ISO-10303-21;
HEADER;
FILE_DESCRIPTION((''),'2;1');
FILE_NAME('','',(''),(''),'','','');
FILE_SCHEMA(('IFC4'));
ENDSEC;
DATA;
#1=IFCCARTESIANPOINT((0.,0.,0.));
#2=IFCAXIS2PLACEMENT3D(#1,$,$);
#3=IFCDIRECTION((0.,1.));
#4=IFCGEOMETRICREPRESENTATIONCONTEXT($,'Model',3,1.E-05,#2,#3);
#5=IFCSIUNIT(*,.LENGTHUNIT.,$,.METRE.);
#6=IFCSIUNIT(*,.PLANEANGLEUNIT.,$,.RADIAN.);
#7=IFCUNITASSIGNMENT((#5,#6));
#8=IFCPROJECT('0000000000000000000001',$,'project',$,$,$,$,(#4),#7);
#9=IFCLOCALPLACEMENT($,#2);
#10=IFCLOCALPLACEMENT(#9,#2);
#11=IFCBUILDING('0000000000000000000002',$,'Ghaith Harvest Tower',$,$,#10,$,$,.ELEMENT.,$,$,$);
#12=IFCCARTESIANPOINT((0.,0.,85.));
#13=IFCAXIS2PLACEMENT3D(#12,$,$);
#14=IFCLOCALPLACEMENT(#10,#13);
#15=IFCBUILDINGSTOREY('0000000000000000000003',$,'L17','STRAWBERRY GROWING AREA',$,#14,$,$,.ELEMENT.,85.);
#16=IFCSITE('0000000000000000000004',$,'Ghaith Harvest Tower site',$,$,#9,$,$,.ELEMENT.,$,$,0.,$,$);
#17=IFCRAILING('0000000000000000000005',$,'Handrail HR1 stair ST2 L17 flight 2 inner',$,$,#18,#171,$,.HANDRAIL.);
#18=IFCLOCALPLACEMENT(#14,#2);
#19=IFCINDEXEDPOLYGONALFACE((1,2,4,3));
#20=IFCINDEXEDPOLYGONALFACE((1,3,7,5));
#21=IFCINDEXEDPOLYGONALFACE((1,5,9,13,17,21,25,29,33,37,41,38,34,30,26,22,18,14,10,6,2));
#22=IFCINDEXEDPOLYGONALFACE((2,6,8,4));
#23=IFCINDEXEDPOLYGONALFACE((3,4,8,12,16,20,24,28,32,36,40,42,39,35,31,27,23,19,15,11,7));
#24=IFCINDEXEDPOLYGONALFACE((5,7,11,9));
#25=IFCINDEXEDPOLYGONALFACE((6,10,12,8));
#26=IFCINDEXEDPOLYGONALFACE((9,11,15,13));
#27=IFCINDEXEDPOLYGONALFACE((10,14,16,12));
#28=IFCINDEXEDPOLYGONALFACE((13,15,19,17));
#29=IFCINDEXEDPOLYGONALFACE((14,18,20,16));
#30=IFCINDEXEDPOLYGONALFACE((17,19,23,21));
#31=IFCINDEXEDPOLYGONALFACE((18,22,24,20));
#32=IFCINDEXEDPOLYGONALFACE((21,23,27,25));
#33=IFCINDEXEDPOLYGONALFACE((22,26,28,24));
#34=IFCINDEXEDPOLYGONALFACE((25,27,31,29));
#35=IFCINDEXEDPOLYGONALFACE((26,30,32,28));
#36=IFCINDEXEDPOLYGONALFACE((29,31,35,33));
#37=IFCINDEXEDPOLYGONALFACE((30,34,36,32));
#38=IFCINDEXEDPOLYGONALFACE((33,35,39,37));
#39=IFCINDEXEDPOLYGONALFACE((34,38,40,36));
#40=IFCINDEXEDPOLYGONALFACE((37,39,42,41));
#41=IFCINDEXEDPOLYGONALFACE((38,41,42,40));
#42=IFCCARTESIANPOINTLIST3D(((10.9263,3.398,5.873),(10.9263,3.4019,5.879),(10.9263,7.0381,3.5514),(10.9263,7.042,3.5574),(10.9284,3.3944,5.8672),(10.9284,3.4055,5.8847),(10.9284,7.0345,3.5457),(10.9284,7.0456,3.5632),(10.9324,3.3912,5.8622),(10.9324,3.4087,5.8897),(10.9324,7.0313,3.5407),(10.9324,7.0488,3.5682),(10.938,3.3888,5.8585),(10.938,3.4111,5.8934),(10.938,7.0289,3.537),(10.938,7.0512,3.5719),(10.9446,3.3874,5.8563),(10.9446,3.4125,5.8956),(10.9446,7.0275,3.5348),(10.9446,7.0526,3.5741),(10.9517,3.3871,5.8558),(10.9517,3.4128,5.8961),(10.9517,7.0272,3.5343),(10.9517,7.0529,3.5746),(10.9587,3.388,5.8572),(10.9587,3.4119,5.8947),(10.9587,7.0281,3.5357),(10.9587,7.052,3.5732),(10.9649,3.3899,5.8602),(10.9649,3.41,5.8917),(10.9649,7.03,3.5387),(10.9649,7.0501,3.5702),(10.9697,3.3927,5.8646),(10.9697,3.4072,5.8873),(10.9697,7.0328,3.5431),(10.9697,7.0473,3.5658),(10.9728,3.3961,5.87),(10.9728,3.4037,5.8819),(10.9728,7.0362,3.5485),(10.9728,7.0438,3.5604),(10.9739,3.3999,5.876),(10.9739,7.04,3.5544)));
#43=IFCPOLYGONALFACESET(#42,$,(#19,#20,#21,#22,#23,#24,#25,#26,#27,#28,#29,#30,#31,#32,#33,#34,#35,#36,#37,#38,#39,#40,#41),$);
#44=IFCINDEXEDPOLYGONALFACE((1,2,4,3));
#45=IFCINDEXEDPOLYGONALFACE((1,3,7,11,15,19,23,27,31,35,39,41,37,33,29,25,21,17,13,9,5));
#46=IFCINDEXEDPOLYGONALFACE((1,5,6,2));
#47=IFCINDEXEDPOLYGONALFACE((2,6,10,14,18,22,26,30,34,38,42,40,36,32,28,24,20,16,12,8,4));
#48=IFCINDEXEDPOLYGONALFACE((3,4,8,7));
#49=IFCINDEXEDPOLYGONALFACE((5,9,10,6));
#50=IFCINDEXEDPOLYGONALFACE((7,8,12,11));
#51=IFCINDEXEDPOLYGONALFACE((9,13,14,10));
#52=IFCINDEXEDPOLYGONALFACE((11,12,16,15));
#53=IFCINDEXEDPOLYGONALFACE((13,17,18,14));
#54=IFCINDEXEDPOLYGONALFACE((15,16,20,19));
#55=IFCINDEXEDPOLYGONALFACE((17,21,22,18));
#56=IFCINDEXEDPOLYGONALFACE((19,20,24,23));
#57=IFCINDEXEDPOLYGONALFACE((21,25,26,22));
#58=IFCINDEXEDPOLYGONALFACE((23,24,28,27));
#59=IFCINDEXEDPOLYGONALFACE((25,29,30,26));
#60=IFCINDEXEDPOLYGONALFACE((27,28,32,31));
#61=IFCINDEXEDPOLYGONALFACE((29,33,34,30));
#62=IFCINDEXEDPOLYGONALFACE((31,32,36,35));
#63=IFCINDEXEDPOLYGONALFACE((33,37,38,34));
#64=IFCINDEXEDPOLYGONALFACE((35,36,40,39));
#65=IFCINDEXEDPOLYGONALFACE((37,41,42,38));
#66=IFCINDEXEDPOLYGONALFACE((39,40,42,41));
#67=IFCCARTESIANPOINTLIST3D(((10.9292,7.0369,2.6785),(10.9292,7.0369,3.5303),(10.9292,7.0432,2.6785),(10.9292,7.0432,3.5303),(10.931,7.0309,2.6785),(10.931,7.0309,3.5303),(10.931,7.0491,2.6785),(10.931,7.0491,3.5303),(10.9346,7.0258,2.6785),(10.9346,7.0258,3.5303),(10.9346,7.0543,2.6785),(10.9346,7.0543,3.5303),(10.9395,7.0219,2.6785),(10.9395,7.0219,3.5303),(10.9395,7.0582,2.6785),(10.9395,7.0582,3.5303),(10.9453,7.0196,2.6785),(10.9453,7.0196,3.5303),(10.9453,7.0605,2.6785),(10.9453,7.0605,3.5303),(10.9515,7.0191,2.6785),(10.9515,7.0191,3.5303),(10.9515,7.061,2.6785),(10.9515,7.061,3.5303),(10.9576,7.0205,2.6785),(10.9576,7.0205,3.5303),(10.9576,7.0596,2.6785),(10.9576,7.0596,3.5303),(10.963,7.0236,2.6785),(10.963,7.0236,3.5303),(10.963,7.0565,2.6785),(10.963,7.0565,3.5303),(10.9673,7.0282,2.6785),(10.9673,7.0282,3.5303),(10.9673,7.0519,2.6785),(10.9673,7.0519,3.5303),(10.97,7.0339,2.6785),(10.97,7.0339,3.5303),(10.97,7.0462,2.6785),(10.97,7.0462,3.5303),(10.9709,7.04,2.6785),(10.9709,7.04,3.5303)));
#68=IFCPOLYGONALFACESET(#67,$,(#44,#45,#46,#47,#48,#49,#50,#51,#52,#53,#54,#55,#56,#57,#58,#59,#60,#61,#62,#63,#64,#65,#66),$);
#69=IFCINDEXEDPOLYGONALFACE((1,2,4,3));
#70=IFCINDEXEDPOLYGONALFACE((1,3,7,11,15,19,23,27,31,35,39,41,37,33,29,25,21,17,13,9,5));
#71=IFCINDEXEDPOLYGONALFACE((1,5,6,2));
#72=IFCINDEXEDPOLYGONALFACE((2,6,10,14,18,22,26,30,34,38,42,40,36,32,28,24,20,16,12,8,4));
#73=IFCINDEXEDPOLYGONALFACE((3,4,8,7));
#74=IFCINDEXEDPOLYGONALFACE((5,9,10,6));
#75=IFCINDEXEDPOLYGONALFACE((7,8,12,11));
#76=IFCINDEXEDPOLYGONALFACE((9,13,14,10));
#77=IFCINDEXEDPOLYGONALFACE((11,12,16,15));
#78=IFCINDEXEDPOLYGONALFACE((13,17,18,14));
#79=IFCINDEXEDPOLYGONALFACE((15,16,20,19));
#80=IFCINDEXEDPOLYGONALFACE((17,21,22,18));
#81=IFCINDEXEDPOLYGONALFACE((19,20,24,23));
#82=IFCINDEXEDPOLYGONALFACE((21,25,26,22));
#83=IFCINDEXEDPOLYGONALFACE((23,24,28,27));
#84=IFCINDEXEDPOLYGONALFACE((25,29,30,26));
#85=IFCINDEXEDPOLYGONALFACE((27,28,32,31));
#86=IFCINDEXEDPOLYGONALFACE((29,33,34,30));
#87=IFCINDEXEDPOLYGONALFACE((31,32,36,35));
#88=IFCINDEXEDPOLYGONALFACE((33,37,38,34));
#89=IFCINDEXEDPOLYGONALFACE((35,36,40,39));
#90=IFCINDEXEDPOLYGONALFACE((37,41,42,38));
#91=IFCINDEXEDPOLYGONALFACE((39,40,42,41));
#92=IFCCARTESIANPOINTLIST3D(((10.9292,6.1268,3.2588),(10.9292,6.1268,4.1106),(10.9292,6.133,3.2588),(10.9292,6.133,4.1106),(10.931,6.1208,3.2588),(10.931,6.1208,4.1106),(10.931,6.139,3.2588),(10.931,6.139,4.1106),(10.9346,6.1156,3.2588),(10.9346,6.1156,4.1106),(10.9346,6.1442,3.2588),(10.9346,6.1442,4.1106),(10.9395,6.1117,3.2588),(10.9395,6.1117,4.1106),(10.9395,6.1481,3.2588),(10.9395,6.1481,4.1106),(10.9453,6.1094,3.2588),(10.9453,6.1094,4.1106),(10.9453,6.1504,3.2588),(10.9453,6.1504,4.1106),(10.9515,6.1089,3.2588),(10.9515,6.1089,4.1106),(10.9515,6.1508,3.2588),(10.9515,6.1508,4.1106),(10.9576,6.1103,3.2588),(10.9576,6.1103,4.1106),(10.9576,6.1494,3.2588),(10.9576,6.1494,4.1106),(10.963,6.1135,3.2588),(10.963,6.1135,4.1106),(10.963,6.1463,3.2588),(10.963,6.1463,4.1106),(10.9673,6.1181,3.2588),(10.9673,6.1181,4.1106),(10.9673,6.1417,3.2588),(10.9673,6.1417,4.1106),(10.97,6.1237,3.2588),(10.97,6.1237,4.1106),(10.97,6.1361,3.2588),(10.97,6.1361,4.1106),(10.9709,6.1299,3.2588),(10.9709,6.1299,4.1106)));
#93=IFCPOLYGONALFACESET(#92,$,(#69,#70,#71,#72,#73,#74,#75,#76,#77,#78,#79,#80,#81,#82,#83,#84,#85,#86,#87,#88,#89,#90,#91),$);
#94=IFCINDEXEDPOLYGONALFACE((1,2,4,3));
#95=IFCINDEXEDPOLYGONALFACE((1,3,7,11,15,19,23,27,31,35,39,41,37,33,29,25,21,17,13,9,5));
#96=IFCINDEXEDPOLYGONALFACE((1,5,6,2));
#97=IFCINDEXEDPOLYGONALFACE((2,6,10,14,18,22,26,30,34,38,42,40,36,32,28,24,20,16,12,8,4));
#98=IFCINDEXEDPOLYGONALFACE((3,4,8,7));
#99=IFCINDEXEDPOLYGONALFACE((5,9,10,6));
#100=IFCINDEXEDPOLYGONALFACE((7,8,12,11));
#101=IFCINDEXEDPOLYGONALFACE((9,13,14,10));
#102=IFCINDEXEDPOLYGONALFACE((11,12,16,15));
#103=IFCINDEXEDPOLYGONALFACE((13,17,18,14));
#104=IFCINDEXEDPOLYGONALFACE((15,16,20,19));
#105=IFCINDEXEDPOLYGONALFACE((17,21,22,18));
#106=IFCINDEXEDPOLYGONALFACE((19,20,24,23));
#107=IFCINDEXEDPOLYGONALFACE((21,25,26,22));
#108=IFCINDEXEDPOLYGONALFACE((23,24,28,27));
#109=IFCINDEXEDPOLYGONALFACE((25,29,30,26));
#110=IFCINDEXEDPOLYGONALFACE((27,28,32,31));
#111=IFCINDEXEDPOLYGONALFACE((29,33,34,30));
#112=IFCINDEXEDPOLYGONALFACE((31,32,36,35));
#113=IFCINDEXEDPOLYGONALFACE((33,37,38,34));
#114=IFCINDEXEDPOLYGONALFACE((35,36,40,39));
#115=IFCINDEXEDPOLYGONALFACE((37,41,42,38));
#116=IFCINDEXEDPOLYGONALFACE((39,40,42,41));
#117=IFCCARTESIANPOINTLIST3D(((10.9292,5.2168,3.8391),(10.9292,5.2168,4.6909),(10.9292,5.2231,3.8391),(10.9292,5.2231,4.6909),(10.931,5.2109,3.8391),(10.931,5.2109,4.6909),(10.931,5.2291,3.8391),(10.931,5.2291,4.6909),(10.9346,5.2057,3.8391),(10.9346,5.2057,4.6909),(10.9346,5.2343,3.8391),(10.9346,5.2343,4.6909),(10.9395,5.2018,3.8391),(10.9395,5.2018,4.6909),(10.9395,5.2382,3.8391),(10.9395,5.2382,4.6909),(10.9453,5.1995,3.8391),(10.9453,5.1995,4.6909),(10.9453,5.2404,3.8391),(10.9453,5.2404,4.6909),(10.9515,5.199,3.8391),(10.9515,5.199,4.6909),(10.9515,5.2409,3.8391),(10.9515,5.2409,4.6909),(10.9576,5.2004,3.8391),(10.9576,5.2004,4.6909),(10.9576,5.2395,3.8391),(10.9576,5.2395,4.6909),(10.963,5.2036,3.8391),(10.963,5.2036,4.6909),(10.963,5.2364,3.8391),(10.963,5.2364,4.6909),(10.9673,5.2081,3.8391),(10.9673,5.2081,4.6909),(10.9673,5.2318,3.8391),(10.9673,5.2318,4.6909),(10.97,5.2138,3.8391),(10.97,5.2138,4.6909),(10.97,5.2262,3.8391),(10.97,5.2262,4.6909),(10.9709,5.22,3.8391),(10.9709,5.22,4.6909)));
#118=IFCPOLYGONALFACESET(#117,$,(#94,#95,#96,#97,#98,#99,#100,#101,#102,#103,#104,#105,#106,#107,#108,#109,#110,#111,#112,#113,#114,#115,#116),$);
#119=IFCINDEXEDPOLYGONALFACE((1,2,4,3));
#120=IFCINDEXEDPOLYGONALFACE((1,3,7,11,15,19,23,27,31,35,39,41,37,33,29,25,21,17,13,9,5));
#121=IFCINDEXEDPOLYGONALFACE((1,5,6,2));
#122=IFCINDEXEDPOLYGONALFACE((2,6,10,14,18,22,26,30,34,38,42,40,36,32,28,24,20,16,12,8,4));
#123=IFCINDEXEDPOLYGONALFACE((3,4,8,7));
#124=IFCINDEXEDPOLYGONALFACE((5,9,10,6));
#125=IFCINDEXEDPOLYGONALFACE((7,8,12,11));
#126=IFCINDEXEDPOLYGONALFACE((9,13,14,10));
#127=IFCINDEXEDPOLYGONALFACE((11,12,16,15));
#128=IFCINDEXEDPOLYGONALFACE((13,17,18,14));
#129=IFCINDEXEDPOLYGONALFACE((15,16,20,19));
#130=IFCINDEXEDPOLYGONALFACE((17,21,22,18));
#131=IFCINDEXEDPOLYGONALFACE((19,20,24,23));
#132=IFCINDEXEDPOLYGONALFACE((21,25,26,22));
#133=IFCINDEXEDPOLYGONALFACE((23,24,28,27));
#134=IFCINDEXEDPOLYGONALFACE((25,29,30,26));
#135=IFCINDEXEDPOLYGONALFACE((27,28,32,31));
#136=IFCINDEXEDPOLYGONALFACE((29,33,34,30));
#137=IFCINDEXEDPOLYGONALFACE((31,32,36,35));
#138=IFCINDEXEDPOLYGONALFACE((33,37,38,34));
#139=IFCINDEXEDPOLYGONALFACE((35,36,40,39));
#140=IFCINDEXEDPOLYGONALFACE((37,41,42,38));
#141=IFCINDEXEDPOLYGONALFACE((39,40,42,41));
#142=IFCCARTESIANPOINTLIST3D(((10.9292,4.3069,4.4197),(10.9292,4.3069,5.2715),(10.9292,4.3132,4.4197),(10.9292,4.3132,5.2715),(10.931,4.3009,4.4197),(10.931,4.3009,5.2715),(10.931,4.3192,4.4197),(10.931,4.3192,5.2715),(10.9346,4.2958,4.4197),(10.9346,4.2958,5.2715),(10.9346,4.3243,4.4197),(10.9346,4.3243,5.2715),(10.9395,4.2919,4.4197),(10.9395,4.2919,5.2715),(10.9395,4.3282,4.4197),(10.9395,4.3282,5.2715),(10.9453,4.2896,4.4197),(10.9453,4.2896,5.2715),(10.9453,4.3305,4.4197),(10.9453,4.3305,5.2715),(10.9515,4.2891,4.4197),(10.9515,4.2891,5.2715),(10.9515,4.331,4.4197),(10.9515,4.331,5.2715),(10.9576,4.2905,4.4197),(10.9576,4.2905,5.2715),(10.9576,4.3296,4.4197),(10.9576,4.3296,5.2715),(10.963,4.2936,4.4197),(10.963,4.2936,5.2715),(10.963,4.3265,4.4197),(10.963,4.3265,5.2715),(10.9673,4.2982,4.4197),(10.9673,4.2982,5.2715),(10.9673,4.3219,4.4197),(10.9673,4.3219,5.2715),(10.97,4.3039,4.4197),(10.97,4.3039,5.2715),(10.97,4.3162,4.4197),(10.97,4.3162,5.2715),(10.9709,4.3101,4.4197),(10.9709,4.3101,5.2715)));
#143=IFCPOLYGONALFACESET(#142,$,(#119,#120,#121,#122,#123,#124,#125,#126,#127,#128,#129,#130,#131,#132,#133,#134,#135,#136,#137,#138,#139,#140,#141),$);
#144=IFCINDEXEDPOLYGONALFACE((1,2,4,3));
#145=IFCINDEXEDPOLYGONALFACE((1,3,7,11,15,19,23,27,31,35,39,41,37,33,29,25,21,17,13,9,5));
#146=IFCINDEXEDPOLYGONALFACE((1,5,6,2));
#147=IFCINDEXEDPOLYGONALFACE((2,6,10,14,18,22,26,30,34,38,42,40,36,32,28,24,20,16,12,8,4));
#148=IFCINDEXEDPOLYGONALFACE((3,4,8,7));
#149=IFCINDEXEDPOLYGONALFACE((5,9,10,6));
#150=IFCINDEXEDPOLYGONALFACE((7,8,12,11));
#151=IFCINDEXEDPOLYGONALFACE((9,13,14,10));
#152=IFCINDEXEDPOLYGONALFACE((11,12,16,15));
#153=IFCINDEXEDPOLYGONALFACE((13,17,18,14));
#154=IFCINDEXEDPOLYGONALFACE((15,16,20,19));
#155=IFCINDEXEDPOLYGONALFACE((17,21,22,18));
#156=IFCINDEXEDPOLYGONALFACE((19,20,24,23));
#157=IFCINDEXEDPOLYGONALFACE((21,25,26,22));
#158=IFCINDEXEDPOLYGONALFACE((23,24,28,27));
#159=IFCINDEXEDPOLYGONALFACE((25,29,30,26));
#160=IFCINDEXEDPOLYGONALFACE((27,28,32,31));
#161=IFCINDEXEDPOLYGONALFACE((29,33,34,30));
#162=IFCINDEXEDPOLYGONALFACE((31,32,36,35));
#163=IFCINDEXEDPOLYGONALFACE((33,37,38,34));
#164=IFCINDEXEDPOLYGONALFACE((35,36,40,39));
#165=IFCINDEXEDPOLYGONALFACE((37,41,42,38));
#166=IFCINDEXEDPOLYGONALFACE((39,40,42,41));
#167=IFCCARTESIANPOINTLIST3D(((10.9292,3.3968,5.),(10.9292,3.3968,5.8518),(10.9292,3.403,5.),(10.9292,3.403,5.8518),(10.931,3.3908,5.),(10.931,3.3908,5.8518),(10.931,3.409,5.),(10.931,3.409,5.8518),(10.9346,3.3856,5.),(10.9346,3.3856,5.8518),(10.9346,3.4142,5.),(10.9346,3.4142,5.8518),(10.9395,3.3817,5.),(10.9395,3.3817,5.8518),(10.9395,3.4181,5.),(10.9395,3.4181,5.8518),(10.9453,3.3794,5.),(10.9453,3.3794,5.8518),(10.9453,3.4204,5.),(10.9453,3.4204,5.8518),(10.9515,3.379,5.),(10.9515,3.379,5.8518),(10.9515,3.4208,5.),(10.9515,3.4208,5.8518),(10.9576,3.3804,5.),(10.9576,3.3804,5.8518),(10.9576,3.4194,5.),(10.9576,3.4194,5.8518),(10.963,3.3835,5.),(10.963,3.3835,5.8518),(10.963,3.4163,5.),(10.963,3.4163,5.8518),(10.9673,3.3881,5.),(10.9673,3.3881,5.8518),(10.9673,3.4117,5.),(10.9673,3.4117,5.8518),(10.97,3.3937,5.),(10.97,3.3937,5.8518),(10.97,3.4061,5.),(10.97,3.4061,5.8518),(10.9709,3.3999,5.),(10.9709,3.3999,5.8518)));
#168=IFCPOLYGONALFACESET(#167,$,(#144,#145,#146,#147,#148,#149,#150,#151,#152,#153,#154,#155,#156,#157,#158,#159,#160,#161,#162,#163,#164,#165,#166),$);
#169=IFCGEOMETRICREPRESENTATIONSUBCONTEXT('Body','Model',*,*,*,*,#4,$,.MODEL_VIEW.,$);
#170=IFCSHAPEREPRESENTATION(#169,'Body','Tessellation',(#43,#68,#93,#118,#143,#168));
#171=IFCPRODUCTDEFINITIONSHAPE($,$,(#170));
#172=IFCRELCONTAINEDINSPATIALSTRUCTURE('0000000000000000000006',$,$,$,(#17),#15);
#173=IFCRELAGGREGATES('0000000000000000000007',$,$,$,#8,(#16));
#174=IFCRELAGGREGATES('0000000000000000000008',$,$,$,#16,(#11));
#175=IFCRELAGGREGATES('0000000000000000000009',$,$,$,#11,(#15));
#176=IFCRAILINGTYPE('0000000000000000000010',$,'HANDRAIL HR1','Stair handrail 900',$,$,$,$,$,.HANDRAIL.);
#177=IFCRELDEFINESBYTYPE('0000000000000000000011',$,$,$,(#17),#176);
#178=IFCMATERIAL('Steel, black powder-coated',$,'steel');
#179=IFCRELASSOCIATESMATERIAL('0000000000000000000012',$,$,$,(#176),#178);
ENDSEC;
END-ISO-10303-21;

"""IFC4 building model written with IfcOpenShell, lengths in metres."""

from ifc_helpers import new_model, si_unit, direction, frame, origin, origin_2d, place, context, subcontext, project, spatial, circle, extrude, material, type_object, element, save


model = new_model("IFC4")

# Units and contexts
model_context = context("Model", 3, precision=1e-05, world=origin(), true_north=direction((0.0, 1.0)))
body_context = subcontext(model_context, "Body", "Model", "MODEL_VIEW")
ifc_project = project(units=[si_unit("LENGTHUNIT", "METRE"), si_unit("PLANEANGLEUNIT", "RADIAN")], contexts=[model_context])

# Site, building, storey
site_placement = place(None, origin())
site = spatial("IfcSite", under=ifc_project, at=site_placement, Name="Ghaith Harvest Tower site", CompositionType="ELEMENT", RefElevation=0.0)
building_placement = place(site_placement, origin())
building = spatial("IfcBuilding", under=site, at=building_placement, Name="Ghaith Harvest Tower", CompositionType="ELEMENT")
storey_placement = place(building_placement, frame((0.0, 0.0, 85.0)))
storey = spatial("IfcBuildingStorey", under=building, at=storey_placement, Name="L17", Description="STRAWBERRY GROWING AREA", CompositionType="ELEMENT", Elevation=85.0)

# Railing
ifc_material_1 = material(Name="Steel, black powder-coated", Category="steel")
railing_type = type_object("IfcRailingType", Name="HANDRAIL HR1", Description="Stair handrail 900", PredefinedType="HANDRAIL", material=ifc_material_1)
railing_1_placement = place(storey_placement, frame((10.95, 7.04, 2.6785)))
element("IfcRailing", 1, at=railing_1_placement, inside=storey, type_object=railing_type, Name="Handrail HR1 stair ST2 L17 flight 2 inner", PredefinedType="HANDRAIL", context=body_context, shape_type="SweptSolid", body=[
    extrude(circle(Radius=0.0239, at=origin_2d()), frame((0.0, 0.0, 0.876), z_axis=(0.0, -0.843128, 0.537713), x_axis=(1.0, 0.0, 0.0)), (0.0, 0.0, 1.0), 4.3174),
    extrude(circle(Radius=0.021, at=origin_2d()), origin(), (0.0, 0.0, 1.0), 0.8518),
    extrude(circle(Radius=0.021, at=origin_2d()), frame((0.0, -0.9102, 0.5803)), (0.0, 0.0, 1.0), 0.8518),
    extrude(circle(Radius=0.021, at=origin_2d()), frame((0.0, -1.8201, 1.1606)), (0.0, 0.0, 1.0), 0.8518),
    extrude(circle(Radius=0.021, at=origin_2d()), frame((0.0, -2.73, 1.7412)), (0.0, 0.0, 1.0), 0.8518),
    extrude(circle(Radius=0.021, at=origin_2d()), frame((0.0, -3.6401, 2.3215)), (0.0, 0.0, 1.0), 0.8518),
])

save(model, "model.ifc")
